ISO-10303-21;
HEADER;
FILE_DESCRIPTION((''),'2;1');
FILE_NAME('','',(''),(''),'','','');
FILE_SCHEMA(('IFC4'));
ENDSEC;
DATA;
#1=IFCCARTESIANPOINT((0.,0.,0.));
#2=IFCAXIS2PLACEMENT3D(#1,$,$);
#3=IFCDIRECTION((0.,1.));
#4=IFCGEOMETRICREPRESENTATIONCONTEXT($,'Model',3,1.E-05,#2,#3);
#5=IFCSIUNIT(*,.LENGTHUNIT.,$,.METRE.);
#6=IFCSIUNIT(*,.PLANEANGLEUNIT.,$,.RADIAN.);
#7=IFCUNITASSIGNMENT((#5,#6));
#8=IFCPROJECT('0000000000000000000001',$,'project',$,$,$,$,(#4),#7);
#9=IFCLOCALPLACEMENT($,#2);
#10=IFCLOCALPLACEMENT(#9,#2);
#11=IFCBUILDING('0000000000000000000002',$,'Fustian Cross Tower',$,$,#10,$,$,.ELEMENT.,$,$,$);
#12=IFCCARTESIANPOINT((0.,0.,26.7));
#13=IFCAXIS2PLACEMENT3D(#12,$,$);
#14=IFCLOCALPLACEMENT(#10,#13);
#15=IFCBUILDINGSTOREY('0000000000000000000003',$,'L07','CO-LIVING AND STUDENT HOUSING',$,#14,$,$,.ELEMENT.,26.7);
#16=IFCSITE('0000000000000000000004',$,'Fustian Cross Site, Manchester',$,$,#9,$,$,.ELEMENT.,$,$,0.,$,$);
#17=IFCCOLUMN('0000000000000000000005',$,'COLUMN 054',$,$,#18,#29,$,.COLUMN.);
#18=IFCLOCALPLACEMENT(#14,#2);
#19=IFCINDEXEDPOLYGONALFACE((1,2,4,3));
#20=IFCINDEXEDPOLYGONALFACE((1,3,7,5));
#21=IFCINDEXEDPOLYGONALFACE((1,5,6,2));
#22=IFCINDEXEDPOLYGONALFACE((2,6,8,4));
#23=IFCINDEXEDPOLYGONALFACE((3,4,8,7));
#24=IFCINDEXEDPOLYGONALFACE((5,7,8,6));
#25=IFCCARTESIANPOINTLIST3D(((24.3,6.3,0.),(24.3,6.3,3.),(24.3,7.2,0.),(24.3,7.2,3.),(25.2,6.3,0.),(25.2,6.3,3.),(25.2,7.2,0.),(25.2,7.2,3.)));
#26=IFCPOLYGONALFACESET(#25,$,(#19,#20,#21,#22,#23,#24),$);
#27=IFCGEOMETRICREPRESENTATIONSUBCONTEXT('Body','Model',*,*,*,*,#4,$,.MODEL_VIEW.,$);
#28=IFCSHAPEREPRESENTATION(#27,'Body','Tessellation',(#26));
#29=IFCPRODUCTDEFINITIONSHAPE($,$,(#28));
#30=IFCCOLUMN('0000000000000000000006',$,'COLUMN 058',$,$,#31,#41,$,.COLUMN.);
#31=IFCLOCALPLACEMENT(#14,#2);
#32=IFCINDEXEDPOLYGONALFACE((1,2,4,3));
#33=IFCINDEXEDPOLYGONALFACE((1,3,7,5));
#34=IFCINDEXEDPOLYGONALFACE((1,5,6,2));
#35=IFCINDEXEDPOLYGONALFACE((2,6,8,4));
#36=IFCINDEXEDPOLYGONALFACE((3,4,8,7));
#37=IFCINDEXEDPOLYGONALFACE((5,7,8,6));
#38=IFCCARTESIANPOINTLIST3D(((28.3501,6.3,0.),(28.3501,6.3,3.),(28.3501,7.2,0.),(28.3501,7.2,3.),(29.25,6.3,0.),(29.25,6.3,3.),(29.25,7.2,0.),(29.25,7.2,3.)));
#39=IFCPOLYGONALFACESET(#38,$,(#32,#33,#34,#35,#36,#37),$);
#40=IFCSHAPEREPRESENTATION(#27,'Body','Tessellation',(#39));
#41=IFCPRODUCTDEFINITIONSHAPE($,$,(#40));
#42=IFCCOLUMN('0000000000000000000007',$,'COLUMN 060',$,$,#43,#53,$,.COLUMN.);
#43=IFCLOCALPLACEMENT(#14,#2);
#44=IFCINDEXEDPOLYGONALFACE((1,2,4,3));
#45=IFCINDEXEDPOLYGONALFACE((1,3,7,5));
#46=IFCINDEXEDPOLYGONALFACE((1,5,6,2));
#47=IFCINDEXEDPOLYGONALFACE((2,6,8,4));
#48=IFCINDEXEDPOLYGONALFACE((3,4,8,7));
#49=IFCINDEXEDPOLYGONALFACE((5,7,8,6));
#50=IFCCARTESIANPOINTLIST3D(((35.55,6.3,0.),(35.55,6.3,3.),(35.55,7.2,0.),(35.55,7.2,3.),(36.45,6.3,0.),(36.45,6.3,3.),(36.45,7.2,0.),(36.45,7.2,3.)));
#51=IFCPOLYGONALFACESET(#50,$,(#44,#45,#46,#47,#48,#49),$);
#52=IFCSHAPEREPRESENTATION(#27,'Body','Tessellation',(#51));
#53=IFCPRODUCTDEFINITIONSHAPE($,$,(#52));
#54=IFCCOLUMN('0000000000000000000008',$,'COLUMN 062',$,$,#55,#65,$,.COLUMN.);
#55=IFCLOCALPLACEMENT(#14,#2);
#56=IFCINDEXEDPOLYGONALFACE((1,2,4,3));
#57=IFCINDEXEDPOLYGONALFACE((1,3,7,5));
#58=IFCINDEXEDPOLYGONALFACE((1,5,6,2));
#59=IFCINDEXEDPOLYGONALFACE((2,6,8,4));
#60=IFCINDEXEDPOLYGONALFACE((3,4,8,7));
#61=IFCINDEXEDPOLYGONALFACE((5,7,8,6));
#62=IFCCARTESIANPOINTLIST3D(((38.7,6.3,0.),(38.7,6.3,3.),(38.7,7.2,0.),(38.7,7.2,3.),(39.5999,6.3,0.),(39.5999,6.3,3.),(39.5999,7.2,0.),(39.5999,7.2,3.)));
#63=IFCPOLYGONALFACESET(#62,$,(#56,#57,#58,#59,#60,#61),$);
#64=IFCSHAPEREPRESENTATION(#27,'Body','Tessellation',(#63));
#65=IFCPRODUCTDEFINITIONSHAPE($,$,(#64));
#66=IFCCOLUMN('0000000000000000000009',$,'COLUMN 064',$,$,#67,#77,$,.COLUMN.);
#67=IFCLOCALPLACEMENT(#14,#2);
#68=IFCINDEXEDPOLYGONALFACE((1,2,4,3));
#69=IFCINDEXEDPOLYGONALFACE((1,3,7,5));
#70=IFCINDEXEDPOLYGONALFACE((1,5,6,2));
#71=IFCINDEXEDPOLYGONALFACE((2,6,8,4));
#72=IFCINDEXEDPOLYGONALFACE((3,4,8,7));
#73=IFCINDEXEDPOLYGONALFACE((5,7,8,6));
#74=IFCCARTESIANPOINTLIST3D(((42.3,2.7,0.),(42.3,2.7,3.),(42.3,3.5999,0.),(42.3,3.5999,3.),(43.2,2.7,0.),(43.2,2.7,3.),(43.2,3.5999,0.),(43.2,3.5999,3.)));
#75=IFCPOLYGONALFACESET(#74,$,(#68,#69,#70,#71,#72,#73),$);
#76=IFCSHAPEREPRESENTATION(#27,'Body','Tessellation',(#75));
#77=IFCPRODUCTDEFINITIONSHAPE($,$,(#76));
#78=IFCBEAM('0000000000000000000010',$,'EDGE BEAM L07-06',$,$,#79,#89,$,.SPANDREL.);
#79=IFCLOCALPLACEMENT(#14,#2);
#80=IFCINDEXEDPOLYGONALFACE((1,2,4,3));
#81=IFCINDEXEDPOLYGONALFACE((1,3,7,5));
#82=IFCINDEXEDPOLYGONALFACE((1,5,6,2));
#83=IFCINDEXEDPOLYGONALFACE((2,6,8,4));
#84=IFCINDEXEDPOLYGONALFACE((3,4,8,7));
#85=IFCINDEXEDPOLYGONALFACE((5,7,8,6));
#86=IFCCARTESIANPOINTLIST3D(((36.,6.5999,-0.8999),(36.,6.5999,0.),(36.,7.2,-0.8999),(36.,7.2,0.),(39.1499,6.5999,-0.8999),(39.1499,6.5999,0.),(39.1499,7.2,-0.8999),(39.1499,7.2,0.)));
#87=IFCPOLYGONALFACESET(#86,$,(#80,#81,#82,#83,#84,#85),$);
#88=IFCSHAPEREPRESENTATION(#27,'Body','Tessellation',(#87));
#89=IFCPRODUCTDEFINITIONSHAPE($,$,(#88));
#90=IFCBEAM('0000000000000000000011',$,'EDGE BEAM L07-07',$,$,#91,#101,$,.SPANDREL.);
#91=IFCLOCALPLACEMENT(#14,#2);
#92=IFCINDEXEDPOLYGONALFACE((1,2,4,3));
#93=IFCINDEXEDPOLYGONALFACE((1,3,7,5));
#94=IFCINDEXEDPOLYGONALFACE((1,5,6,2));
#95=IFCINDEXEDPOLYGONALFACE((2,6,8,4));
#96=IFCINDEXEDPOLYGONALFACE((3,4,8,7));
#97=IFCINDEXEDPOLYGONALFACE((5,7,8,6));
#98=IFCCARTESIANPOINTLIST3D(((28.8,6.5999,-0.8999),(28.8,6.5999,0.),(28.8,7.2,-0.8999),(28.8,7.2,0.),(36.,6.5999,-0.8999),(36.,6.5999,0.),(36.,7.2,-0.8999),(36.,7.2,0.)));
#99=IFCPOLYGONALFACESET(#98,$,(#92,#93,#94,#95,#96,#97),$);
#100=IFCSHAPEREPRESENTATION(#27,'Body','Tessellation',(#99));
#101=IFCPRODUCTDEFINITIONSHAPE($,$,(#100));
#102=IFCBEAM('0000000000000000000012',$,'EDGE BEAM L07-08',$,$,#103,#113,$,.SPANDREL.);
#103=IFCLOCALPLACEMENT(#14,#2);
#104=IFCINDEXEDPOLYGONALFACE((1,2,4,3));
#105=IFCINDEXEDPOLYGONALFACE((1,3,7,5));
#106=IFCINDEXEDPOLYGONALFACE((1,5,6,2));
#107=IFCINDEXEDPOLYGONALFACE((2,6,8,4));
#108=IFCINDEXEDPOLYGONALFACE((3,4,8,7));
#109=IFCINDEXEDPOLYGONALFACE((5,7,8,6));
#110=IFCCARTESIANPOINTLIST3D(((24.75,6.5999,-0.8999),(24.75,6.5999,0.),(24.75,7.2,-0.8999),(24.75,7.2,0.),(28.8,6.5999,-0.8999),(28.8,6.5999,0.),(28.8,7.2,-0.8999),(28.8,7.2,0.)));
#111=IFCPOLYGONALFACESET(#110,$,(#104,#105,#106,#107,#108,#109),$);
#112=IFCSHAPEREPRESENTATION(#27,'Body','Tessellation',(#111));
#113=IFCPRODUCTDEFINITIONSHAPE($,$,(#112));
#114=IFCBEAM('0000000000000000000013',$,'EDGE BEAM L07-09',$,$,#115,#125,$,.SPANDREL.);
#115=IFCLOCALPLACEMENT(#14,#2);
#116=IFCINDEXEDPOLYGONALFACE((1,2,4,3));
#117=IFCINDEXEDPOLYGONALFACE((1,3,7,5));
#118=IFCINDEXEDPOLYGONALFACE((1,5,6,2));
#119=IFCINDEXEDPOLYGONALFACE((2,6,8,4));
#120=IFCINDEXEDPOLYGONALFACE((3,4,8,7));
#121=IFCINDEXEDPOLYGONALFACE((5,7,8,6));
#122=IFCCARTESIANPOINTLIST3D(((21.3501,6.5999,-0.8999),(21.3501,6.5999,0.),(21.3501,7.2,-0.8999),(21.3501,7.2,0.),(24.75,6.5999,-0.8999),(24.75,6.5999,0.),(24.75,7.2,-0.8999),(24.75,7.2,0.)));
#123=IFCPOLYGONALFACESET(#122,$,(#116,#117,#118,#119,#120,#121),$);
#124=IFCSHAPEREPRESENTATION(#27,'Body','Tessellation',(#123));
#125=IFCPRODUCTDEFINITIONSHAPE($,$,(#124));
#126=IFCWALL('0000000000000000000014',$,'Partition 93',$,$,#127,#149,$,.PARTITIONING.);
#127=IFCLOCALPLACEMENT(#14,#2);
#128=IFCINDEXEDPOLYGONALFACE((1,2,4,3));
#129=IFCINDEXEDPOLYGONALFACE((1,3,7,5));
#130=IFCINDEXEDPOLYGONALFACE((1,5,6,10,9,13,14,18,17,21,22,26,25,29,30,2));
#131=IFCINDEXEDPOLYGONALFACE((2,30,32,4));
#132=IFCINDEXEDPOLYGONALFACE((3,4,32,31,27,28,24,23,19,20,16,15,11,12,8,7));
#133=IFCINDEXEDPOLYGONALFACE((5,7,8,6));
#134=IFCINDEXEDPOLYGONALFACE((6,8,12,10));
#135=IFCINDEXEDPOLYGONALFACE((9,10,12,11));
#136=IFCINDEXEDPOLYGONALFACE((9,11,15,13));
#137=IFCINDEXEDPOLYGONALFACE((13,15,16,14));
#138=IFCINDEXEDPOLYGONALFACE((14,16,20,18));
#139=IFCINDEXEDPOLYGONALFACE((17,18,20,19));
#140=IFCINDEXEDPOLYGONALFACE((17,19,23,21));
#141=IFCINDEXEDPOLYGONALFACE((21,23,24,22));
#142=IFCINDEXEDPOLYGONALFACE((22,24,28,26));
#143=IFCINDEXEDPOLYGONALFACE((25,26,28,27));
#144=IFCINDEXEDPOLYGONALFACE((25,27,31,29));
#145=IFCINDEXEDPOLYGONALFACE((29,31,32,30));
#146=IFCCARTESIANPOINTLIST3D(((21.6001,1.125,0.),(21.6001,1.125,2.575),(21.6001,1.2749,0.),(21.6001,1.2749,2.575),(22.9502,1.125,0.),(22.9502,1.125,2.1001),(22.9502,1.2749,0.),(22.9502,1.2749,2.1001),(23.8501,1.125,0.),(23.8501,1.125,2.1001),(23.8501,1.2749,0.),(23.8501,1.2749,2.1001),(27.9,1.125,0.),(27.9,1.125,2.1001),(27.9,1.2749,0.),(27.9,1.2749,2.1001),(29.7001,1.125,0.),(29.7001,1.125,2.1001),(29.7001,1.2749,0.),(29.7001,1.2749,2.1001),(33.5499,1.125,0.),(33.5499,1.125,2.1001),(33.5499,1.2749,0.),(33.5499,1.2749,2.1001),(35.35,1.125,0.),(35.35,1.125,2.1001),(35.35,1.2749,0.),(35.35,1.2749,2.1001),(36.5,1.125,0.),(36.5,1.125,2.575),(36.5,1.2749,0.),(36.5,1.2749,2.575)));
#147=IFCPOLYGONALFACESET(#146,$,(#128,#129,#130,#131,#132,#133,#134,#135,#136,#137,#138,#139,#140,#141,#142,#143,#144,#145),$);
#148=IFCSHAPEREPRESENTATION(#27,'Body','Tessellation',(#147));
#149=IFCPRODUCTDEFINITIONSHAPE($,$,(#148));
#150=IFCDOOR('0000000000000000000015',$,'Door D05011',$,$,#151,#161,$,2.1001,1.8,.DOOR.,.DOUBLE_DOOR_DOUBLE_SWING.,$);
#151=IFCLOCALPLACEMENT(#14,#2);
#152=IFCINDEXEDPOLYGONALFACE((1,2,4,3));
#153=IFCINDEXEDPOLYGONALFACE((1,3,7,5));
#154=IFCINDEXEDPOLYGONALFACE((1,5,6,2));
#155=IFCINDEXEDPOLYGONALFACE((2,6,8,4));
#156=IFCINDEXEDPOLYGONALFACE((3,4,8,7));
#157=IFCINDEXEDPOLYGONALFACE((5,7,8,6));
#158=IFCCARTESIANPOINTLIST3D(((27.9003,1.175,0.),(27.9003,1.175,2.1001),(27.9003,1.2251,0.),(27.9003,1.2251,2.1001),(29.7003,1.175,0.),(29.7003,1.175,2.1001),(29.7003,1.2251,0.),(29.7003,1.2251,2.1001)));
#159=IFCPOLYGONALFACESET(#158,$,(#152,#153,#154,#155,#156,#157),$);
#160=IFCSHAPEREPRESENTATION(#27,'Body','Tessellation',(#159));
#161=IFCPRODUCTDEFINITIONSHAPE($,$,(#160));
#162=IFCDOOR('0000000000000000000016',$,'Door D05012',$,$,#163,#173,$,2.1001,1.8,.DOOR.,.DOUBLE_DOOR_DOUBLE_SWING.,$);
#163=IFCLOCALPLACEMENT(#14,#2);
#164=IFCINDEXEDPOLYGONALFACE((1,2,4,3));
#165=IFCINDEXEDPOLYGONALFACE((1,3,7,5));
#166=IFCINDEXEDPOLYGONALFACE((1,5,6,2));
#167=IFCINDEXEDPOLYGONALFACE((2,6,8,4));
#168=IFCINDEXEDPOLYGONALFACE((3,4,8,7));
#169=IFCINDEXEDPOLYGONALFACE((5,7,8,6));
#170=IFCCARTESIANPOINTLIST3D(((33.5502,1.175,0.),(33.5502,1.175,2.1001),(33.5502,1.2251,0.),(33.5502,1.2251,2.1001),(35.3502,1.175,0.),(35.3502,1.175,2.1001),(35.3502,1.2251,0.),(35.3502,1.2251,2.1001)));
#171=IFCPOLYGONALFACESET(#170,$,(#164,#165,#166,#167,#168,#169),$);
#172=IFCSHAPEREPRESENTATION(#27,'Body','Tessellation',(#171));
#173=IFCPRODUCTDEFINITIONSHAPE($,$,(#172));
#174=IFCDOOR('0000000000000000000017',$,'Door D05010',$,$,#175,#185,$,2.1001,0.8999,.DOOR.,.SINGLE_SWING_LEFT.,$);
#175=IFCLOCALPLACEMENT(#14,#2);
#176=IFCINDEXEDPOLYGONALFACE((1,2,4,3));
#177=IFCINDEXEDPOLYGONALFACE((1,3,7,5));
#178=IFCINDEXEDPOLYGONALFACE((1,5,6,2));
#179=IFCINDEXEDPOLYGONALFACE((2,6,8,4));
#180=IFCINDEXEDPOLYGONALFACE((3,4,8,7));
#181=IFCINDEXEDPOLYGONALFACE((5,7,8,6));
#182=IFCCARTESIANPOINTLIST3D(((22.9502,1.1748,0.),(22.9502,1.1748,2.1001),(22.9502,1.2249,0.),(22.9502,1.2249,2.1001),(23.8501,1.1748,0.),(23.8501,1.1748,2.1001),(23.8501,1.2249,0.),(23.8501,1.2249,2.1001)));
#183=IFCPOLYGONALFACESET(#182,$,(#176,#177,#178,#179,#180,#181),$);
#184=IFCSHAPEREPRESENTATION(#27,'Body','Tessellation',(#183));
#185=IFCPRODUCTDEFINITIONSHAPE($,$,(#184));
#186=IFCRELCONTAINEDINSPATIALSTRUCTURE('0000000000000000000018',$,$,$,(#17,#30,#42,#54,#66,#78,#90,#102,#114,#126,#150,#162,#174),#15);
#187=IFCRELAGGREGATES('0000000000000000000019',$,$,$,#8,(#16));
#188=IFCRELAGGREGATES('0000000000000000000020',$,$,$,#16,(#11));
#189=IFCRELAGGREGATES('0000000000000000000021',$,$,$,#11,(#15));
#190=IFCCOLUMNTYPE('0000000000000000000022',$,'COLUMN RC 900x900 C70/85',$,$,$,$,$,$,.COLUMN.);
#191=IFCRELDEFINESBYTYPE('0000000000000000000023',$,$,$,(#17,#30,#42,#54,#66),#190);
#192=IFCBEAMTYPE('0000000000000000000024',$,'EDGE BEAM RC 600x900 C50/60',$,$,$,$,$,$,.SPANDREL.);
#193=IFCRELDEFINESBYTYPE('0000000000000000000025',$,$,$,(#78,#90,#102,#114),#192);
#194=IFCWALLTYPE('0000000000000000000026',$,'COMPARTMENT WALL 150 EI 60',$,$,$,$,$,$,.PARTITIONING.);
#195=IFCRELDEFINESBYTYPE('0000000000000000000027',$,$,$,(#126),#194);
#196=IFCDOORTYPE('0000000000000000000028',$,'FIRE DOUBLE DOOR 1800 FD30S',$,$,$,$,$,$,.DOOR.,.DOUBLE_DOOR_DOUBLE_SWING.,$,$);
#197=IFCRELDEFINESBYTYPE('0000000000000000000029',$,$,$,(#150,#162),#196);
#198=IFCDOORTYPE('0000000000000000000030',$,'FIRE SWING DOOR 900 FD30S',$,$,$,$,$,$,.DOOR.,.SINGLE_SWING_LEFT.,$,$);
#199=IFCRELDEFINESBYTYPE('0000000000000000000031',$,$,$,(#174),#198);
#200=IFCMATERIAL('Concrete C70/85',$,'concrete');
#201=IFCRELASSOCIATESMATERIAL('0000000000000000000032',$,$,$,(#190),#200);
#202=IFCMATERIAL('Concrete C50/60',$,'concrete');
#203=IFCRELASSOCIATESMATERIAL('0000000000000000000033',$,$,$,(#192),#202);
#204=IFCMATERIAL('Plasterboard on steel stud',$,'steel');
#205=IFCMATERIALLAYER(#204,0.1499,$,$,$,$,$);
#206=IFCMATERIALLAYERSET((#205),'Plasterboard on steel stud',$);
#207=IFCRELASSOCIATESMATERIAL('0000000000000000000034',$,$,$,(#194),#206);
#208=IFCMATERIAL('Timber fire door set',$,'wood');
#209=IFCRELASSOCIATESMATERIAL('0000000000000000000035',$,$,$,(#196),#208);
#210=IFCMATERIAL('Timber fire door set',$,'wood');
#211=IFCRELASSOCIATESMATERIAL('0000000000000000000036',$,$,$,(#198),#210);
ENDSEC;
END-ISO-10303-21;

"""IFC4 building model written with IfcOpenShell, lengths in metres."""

from ifc_helpers import new_model, si_unit, direction, frame, frame_2d, origin, origin_2d, place, context, subcontext, project, spatial, rectangle, extrude, material, layer, layer_set, material_profile, profile_set, type_object, element, fill, save


model = new_model("IFC4")

# Units and contexts
model_context = context("Model", 3, precision=1e-05, world=origin(), true_north=direction((0.0, 1.0)))
body_context = subcontext(model_context, "Body", "Model", "MODEL_VIEW")
ifc_project = project(units=[si_unit("LENGTHUNIT", "METRE"), si_unit("PLANEANGLEUNIT", "RADIAN")], contexts=[model_context])

# Site, building, storey
site_placement = place(None, origin())
site = spatial("IfcSite", under=ifc_project, at=site_placement, Name="Fustian Cross Site, Manchester", CompositionType="ELEMENT", RefElevation=0.0)
building_placement = place(site_placement, origin())
building = spatial("IfcBuilding", under=site, at=building_placement, Name="Fustian Cross Tower", CompositionType="ELEMENT")
storey_placement = place(building_placement, frame((0.0, 0.0, 26.7)))
storey = spatial("IfcBuildingStorey", under=building, at=storey_placement, Name="L07", Description="CO-LIVING AND STUDENT HOUSING", CompositionType="ELEMENT", Elevation=26.7)

# Columns
ifc_material_1 = material(Name="Concrete C70/85", Category="concrete")
ifc_material_profile_1 = material_profile(ifc_material_1, rectangle(XDim=0.8999, YDim=0.8999, at=origin_2d()), Name="RC 900x900")
ifc_profile_set_1 = profile_set([ifc_material_profile_1], Name="Concrete C70/85")
column_type = type_object("IfcColumnType", Name="COLUMN RC 900x900 C70/85", PredefinedType="COLUMN", material=ifc_profile_set_1)
for number, where, z_axis, x_axis, name in (
    (1, (24.75, 6.75, 0.0), (0.0, 0.0, 1.0), (1.0, 0.0, 0.0), "COLUMN 054"),
    (2, (28.8, 6.75, 0.0), (0.0, 0.0, 1.0), (1.0, 0.0, 0.0), "COLUMN 058"),
    (3, (36.0, 6.75, 0.0), (0.0, 0.0, 1.0), (1.0, 0.0, 0.0), "COLUMN 060"),
    (4, (39.1499, 6.75, 0.0), (0.0, 0.0, 1.0), (1.0, 0.0, 0.0), "COLUMN 062"),
    (5, (42.75, 3.1499, 0.0), (0.0, 0.0, 1.0), (1.0, 0.0, 0.0), "COLUMN 064"),
):
    element("IfcColumn", number, at=place(storey_placement, frame(where, z_axis=z_axis, x_axis=x_axis)), inside=storey, type_object=column_type, Name=name, PredefinedType="COLUMN", context=body_context, shape_type="SweptSolid", body=[
        extrude(rectangle(XDim=0.8999, YDim=0.8999, at=origin_2d()), origin(), (0.0, 0.0, 1.0), 3.0),
    ])

# Beams
ifc_material_2 = material(Name="Concrete C50/60", Category="concrete")
ifc_material_profile_2 = material_profile(ifc_material_2, rectangle(XDim=0.6001, YDim=0.8999, at=origin_2d()), Name="RC 600x900")
ifc_profile_set_2 = profile_set([ifc_material_profile_2], Name="Concrete C50/60")
beam_type = type_object("IfcBeamType", Name="EDGE BEAM RC 600x900 C50/60", PredefinedType="SPANDREL", material=ifc_profile_set_2)
beam_1_placement = place(storey_placement, frame((39.1499, 6.8999, -0.45), z_axis=(-1.0, 0.0, 0.0), x_axis=(0.0, -1.0, 0.0)))
element("IfcBeam", 6, at=beam_1_placement, inside=storey, type_object=beam_type, Name="EDGE BEAM L07-06", PredefinedType="SPANDREL", context=body_context, shape_type="SweptSolid", body=[
    extrude(rectangle(XDim=0.6001, YDim=0.8999, at=origin_2d()), origin(), (0.0, 0.0, 1.0), 3.1499),
])
beam_2_placement = place(storey_placement, frame((36.0, 6.8999, -0.45), z_axis=(-1.0, 0.0, 0.0), x_axis=(0.0, -1.0, 0.0)))
element("IfcBeam", 7, at=beam_2_placement, inside=storey, type_object=beam_type, Name="EDGE BEAM L07-07", PredefinedType="SPANDREL", context=body_context, shape_type="SweptSolid", body=[
    extrude(rectangle(XDim=0.6001, YDim=0.8999, at=origin_2d()), origin(), (0.0, 0.0, 1.0), 7.2),
])
beam_3_placement = place(storey_placement, frame((28.8, 6.8999, -0.45), z_axis=(-1.0, 0.0, 0.0), x_axis=(0.0, -1.0, 0.0)))
element("IfcBeam", 8, at=beam_3_placement, inside=storey, type_object=beam_type, Name="EDGE BEAM L07-08", PredefinedType="SPANDREL", context=body_context, shape_type="SweptSolid", body=[
    extrude(rectangle(XDim=0.6001, YDim=0.8999, at=origin_2d()), origin(), (0.0, 0.0, 1.0), 4.05),
])
beam_4_placement = place(storey_placement, frame((24.75, 6.8999, -0.45), z_axis=(-1.0, 0.0, 0.0), x_axis=(0.0, -1.0, 0.0)))
element("IfcBeam", 9, at=beam_4_placement, inside=storey, type_object=beam_type, Name="EDGE BEAM L07-09", PredefinedType="SPANDREL", context=body_context, shape_type="SweptSolid", body=[
    extrude(rectangle(XDim=0.6001, YDim=0.8999, at=origin_2d()), origin(), (0.0, 0.0, 1.0), 3.3999),
])

# Wall, openings, doors
ifc_material_3 = material(Name="Plasterboard on steel stud", Category="steel")
ifc_layer_1 = layer(ifc_material_3, 0.1499)
ifc_layer_set_1 = layer_set([ifc_layer_1], Name="Plasterboard on steel stud")
wall_type_1 = type_object("IfcWallType", Name="COMPARTMENT WALL 150 EI 60", PredefinedType="PARTITIONING", material=ifc_layer_set_1)
wall_1_placement = place(storey_placement, frame((21.6001, 1.2, 0.0), z_axis=(0.0, 0.0, 1.0), x_axis=(1.0, 0.0, 0.0)))
wall_1 = element("IfcWall", 10, at=wall_1_placement, inside=storey, type_object=wall_type_1, Name="Partition 93", PredefinedType="PARTITIONING", context=body_context, shape_type="SweptSolid", body=[
    extrude(rectangle(XDim=14.8999, YDim=0.1499, at=frame_2d((7.45, 0.0))), origin(), (0.0, 0.0, 1.0), 2.575),
])
opening_1_placement = place(wall_1_placement, frame((1.3501, 0.0, 0.0)))
opening_1 = element("IfcOpeningElement", 11, at=opening_1_placement, cuts=wall_1, PredefinedType="OPENING", context=body_context, shape_type="SweptSolid", body=[
    extrude(rectangle(XDim=0.8999, YDim=2.1001, at=frame_2d((0.45, 1.05))), frame((0.0, 0.085, 0.0), z_axis=(0.0, -1.0, 0.0), x_axis=(1.0, 0.0, 0.0)), (0.0, 0.0, 1.0), 0.1699),
])
opening_2_placement = place(wall_1_placement, frame((6.3, 0.0, 0.0)))
opening_2 = element("IfcOpeningElement", 12, at=opening_2_placement, cuts=wall_1, PredefinedType="OPENING", context=body_context, shape_type="SweptSolid", body=[
    extrude(rectangle(XDim=1.8, YDim=2.1001, at=frame_2d((0.8999, 1.05))), frame((0.0, 0.085, 0.0), z_axis=(0.0, -1.0, 0.0), x_axis=(1.0, 0.0, 0.0)), (0.0, 0.0, 1.0), 0.1699),
])
opening_3_placement = place(wall_1_placement, frame((11.95, 0.0, 0.0)))
opening_3 = element("IfcOpeningElement", 13, at=opening_3_placement, cuts=wall_1, PredefinedType="OPENING", context=body_context, shape_type="SweptSolid", body=[
    extrude(rectangle(XDim=1.8, YDim=2.1001, at=frame_2d((0.8999, 1.05))), frame((0.0, 0.085, 0.0), z_axis=(0.0, -1.0, 0.0), x_axis=(1.0, 0.0, 0.0)), (0.0, 0.0, 1.0), 0.1699),
])
ifc_material_4 = material(Name="Timber fire door set", Category="wood")
door_type_1 = type_object("IfcDoorType", Name="FIRE DOUBLE DOOR 1800 FD30S", OperationType="DOUBLE_DOOR_DOUBLE_SWING", PredefinedType="DOOR", material=ifc_material_4)
door_1_placement = place(opening_2_placement, frame((1.8, 0.0, 0.0), z_axis=(0.0, 0.0, 1.0), x_axis=(-1.0, 0.0, 0.0)))
door_1 = element("IfcDoor", 14, at=door_1_placement, inside=storey, type_object=door_type_1, Name="Door D05011", OperationType="DOUBLE_DOOR_DOUBLE_SWING", OverallHeight=2.1001, OverallWidth=1.8, PredefinedType="DOOR", context=body_context, shape_type="SweptSolid", body=[
    extrude(rectangle(XDim=1.8, YDim=2.1001, at=frame_2d((0.8999, 1.05))), frame((0.0, 0.0249, 0.0), z_axis=(0.0, -1.0, 0.0), x_axis=(1.0, 0.0, 0.0)), (0.0, 0.0, 1.0), 0.05),
])
fill(opening_2, door_1)
door_2_placement = place(opening_3_placement, frame((1.8, 0.0, 0.0), z_axis=(0.0, 0.0, 1.0), x_axis=(-1.0, 0.0, 0.0)))
door_2 = element("IfcDoor", 15, at=door_2_placement, inside=storey, type_object=door_type_1, Name="Door D05012", OperationType="DOUBLE_DOOR_DOUBLE_SWING", OverallHeight=2.1001, OverallWidth=1.8, PredefinedType="DOOR", context=body_context, shape_type="SweptSolid", body=[
    extrude(rectangle(XDim=1.8, YDim=2.1001, at=frame_2d((0.8999, 1.05))), frame((0.0, 0.0249, 0.0), z_axis=(0.0, -1.0, 0.0), x_axis=(1.0, 0.0, 0.0)), (0.0, 0.0, 1.0), 0.05),
])
fill(opening_3, door_2)
ifc_material_5 = material(Name="Timber fire door set", Category="wood")
door_type_2 = type_object("IfcDoorType", Name="FIRE SWING DOOR 900 FD30S", OperationType="SINGLE_SWING_LEFT", PredefinedType="DOOR", material=ifc_material_5)
door_3_placement = place(opening_1_placement, origin())
door_3 = element("IfcDoor", 16, at=door_3_placement, inside=storey, type_object=door_type_2, Name="Door D05010", OperationType="SINGLE_SWING_LEFT", OverallHeight=2.1001, OverallWidth=0.8999, PredefinedType="DOOR", context=body_context, shape_type="SweptSolid", body=[
    extrude(rectangle(XDim=0.8999, YDim=2.1001, at=frame_2d((0.45, 1.05))), frame((0.0, 0.0249, 0.0), z_axis=(0.0, -1.0, 0.0), x_axis=(1.0, 0.0, 0.0)), (0.0, 0.0, 1.0), 0.05),
])
fill(opening_1, door_3)

save(model, "model.ifc")
